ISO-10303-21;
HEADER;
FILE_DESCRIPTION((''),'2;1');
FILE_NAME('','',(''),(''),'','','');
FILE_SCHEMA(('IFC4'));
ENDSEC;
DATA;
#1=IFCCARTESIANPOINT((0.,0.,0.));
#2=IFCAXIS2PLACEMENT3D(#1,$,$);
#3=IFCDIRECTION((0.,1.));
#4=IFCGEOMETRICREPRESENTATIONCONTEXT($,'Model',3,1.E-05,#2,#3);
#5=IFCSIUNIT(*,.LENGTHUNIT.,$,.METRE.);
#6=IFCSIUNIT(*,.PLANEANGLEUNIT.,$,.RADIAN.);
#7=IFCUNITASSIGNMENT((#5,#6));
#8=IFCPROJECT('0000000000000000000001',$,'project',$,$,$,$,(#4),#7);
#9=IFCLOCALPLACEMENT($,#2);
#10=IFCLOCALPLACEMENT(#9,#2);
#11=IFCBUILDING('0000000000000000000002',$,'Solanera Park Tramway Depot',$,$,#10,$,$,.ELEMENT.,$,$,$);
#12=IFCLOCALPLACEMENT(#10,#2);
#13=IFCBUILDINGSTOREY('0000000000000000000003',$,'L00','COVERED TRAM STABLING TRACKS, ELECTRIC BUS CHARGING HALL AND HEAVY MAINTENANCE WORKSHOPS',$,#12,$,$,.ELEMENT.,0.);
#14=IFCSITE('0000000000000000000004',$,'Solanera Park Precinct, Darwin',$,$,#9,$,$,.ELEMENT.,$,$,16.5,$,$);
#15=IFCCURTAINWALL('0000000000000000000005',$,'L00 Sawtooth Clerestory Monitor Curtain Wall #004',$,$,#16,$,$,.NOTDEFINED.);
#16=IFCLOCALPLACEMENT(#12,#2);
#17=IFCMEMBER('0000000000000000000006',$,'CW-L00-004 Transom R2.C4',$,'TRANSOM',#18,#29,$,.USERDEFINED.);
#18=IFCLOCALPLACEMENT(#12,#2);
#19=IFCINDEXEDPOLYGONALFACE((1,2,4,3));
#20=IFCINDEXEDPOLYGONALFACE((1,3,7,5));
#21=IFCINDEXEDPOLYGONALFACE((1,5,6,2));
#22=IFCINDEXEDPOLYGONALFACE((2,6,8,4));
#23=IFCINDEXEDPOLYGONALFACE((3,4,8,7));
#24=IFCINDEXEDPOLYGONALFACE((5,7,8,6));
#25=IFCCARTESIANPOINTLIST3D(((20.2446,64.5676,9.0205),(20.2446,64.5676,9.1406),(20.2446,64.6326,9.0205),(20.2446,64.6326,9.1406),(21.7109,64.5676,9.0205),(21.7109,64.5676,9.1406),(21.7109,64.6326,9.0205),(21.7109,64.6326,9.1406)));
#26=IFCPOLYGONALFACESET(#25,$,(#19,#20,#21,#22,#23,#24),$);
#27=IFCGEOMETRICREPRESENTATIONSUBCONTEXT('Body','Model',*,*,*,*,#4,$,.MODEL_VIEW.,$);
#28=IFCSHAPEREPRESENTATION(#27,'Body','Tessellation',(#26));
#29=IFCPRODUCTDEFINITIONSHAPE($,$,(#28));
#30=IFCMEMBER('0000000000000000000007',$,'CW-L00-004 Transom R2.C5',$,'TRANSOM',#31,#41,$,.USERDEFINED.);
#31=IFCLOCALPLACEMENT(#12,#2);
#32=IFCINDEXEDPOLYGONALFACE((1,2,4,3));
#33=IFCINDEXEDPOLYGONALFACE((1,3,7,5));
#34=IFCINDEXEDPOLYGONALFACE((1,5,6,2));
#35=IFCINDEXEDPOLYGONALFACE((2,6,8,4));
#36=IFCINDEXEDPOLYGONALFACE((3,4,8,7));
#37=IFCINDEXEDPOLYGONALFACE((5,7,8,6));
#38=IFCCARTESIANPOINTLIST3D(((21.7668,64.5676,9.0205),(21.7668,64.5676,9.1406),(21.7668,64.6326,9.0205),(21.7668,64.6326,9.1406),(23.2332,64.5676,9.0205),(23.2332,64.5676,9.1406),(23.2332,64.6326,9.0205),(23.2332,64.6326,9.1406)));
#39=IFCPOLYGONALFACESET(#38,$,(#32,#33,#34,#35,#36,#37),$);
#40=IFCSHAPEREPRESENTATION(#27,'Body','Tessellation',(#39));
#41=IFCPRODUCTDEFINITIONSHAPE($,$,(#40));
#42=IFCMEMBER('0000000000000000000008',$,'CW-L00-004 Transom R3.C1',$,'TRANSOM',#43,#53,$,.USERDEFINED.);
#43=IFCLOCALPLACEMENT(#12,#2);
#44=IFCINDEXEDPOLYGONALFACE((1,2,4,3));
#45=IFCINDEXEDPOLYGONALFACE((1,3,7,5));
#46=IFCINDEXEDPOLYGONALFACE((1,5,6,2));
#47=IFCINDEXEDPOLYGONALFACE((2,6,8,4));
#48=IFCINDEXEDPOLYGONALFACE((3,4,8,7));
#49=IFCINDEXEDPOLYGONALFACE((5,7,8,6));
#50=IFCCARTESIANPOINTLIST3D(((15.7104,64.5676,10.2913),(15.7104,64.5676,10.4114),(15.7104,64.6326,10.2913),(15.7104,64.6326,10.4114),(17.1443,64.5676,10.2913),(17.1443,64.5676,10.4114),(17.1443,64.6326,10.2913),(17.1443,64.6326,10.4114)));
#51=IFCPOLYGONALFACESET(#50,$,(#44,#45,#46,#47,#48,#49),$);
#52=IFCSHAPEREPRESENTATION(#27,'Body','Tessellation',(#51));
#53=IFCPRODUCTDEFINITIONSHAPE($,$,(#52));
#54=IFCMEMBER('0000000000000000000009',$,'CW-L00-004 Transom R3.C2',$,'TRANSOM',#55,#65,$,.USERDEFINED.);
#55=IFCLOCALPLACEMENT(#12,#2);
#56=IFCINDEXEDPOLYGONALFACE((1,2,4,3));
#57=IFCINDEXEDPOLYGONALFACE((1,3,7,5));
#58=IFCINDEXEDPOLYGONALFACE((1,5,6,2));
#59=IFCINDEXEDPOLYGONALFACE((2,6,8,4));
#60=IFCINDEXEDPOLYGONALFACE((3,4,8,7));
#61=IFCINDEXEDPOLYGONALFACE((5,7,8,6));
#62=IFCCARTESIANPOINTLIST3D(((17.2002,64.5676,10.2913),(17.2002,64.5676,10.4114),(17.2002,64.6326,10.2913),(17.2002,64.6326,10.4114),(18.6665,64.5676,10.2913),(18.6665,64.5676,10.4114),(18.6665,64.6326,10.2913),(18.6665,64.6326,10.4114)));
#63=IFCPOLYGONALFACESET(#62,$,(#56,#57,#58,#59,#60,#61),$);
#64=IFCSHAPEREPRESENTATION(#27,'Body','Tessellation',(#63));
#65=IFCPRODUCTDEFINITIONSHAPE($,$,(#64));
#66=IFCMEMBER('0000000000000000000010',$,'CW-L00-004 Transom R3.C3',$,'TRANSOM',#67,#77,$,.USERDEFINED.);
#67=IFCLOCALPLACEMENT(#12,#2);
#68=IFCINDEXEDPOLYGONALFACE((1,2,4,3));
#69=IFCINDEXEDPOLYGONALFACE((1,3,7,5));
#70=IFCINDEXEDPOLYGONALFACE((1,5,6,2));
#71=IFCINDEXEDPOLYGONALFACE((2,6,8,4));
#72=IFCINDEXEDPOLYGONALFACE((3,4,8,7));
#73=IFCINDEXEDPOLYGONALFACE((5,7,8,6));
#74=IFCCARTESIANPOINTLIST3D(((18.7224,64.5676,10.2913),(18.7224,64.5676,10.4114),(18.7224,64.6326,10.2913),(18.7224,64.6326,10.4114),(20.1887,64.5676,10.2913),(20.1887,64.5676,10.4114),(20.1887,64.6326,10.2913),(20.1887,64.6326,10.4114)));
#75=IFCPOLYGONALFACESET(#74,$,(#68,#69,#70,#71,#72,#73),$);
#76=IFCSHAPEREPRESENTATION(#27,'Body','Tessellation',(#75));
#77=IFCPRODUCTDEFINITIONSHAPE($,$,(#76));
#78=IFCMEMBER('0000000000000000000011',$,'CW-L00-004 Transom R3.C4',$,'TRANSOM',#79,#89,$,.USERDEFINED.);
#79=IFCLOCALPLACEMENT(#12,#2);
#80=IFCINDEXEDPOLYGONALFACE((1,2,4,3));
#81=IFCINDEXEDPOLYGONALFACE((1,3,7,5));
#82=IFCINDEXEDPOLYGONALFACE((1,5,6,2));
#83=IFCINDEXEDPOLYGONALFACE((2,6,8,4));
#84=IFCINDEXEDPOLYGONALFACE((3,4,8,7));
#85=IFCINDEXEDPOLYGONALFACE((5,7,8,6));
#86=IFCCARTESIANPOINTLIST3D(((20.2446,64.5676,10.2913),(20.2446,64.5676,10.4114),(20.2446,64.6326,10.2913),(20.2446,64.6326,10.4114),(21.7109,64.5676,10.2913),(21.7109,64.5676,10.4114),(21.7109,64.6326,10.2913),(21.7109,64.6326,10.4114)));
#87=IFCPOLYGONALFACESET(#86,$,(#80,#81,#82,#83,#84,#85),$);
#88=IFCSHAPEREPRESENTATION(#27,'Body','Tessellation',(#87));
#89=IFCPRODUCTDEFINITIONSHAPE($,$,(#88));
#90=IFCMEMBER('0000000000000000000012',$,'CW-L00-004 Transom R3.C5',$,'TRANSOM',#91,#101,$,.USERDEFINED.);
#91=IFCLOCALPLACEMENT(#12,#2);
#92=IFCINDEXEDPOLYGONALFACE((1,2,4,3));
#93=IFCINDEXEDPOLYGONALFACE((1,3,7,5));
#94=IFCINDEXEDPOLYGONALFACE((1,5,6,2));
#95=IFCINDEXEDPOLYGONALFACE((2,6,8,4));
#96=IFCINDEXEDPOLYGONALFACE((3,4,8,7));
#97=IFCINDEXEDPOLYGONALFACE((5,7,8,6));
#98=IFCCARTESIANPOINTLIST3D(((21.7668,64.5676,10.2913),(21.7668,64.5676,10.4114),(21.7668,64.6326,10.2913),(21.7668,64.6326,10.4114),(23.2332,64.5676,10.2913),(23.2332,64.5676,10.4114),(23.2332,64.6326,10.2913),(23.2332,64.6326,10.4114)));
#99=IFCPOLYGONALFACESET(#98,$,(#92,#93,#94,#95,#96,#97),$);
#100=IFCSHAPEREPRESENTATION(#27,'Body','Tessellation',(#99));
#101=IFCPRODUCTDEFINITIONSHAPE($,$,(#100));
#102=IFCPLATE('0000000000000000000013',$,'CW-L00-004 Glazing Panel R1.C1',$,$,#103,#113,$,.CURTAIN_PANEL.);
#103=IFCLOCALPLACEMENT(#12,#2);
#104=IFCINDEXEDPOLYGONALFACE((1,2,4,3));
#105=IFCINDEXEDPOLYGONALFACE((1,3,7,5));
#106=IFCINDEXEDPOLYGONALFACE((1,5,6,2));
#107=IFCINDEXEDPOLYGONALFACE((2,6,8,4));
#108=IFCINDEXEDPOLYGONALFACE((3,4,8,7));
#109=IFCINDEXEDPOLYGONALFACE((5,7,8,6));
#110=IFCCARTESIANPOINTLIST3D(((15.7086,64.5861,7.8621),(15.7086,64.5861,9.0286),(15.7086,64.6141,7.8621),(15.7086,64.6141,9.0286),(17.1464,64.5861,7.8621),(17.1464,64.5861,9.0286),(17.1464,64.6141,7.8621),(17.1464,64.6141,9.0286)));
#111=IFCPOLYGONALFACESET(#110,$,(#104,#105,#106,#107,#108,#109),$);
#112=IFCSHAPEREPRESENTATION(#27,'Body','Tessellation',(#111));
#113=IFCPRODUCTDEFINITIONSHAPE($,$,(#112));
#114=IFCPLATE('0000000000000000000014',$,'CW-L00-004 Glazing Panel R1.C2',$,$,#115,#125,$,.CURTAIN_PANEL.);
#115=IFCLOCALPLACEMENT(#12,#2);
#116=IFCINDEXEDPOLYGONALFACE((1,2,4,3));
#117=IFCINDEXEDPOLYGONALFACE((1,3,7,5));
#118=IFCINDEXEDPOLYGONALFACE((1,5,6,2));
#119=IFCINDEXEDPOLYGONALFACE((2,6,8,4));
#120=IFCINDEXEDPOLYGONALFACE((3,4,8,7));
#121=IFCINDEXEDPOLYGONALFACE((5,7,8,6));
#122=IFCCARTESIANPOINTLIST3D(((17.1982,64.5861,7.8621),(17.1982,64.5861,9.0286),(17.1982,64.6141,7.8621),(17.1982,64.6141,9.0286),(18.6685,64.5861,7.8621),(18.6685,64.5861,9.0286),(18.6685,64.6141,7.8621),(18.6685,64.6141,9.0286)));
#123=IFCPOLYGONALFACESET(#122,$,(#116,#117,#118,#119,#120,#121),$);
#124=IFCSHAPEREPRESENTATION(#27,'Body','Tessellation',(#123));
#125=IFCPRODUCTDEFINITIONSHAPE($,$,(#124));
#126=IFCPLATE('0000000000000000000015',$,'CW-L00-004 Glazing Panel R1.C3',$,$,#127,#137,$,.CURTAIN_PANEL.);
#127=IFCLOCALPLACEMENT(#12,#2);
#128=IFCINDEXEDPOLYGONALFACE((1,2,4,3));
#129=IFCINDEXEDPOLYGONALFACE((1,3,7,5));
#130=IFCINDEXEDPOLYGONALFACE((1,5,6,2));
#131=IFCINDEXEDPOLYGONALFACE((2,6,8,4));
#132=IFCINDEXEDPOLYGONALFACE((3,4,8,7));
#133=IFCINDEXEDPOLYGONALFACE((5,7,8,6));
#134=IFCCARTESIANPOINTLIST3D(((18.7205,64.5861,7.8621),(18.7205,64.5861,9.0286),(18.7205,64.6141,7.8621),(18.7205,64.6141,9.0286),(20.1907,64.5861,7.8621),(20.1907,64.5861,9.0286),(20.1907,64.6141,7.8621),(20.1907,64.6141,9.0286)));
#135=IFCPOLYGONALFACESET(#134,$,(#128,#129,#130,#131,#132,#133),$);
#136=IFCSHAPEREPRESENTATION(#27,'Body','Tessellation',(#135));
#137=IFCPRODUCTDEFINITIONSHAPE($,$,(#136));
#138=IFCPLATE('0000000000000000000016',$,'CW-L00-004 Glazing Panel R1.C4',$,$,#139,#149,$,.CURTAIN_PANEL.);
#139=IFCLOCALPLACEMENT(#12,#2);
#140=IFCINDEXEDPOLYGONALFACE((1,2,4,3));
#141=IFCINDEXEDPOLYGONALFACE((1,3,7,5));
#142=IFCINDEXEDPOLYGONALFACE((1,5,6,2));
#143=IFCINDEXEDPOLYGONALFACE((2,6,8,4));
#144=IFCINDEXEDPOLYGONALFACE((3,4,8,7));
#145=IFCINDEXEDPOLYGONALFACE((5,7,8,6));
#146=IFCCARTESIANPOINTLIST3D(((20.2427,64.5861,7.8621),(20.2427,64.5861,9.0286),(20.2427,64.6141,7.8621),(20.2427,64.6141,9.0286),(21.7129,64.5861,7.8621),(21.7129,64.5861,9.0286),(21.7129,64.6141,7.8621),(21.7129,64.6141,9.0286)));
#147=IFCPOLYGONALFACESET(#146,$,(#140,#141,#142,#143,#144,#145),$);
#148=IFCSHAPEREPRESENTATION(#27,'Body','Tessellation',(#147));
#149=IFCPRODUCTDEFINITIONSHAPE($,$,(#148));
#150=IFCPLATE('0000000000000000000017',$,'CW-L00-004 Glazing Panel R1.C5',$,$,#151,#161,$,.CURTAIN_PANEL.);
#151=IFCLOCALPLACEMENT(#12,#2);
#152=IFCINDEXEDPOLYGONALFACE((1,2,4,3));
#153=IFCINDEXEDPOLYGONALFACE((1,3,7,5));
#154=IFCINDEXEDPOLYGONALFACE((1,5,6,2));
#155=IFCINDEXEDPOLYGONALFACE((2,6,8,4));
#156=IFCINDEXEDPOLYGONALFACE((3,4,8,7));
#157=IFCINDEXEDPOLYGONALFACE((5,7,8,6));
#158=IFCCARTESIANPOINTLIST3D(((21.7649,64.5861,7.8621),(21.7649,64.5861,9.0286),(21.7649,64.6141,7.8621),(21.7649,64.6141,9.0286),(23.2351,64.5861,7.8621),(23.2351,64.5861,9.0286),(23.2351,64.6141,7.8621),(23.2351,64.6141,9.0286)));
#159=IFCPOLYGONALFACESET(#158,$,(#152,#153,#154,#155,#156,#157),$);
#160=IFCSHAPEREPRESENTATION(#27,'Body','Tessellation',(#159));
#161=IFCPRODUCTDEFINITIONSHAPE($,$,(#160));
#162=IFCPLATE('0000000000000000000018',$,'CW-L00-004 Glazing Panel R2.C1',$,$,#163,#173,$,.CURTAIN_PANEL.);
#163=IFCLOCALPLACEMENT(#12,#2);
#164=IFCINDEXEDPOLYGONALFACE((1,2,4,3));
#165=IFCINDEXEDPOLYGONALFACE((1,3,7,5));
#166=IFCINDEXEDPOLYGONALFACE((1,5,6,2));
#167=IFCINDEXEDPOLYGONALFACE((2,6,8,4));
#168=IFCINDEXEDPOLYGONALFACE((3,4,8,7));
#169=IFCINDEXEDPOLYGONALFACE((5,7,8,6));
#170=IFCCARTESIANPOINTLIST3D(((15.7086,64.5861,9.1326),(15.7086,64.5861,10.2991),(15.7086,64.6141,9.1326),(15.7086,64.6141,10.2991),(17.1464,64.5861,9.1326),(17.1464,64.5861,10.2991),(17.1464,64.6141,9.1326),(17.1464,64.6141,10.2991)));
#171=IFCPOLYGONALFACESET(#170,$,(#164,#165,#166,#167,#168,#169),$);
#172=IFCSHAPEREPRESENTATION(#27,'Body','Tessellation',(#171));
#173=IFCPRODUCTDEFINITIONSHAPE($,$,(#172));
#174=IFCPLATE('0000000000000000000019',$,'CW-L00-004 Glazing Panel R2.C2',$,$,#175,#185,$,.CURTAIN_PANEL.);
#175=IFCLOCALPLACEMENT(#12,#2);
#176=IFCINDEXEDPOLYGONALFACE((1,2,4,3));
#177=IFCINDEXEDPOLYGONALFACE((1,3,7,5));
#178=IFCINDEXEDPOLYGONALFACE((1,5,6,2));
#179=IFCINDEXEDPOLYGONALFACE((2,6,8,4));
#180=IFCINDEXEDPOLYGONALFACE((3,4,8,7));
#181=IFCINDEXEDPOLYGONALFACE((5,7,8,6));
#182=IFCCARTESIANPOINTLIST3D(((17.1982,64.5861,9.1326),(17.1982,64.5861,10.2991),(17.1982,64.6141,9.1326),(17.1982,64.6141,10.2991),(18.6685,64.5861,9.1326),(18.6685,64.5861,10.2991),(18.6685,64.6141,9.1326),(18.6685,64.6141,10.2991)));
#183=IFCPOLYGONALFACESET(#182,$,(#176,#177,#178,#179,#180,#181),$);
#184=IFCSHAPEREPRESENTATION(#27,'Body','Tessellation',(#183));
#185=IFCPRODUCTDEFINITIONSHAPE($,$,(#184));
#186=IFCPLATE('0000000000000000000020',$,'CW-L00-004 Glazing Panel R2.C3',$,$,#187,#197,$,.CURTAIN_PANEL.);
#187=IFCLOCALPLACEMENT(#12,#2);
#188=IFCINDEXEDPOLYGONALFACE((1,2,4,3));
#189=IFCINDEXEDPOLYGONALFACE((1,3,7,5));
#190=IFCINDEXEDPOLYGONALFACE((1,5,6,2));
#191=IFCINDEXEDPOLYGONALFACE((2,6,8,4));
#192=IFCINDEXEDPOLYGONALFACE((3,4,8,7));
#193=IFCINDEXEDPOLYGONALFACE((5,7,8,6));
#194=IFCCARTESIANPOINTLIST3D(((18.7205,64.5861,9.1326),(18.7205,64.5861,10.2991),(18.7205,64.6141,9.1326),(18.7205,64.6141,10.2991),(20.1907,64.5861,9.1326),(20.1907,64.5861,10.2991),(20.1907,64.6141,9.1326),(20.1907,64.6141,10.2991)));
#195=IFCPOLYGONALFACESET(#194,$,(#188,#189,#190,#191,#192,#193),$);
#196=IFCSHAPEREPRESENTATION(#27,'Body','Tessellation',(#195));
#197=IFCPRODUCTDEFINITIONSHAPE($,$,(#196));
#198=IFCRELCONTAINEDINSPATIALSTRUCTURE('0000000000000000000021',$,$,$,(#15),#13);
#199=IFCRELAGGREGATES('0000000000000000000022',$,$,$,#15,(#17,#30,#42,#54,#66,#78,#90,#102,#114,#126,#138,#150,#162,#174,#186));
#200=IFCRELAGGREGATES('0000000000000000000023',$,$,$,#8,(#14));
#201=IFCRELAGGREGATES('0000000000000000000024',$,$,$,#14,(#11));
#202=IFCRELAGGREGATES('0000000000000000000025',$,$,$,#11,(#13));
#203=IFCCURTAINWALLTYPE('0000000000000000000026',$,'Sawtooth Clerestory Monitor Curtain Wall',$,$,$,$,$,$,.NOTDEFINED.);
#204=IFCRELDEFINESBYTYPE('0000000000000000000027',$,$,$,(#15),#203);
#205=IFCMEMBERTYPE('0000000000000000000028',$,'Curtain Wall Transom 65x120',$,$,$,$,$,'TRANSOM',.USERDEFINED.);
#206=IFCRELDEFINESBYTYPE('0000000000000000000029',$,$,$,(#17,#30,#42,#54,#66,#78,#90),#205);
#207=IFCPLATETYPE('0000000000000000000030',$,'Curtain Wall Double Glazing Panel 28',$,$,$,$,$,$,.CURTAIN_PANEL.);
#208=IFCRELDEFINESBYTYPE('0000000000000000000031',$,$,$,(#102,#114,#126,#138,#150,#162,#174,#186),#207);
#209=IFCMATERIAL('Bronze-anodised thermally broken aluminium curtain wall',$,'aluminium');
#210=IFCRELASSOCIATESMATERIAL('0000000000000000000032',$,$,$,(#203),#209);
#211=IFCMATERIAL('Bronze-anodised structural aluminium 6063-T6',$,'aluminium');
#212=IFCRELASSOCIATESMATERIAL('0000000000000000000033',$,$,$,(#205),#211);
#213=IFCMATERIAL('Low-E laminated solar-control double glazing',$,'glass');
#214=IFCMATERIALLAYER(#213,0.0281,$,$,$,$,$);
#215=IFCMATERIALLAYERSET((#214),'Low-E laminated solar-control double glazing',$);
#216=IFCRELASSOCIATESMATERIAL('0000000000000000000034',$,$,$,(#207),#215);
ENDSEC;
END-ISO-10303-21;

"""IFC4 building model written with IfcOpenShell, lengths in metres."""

from ifc_helpers import new_model, si_unit, direction, frame, origin, origin_2d, place, context, subcontext, project, spatial, rectangle, extrude, material, layer, layer_set, material_profile, profile_set, type_object, element, aggregate, save


model = new_model("IFC4")

# Units and contexts
model_context = context("Model", 3, precision=1e-05, world=origin(), true_north=direction((0.0, 1.0)))
body_context = subcontext(model_context, "Body", "Model", "MODEL_VIEW")
ifc_project = project(units=[si_unit("LENGTHUNIT", "METRE"), si_unit("PLANEANGLEUNIT", "RADIAN")], contexts=[model_context])

# Site, building, storey
site_placement = place(None, origin())
site = spatial("IfcSite", under=ifc_project, at=site_placement, Name="Solanera Park Precinct, Darwin", CompositionType="ELEMENT", RefElevation=16.5)
building_placement = place(site_placement, origin())
building = spatial("IfcBuilding", under=site, at=building_placement, Name="Solanera Park Tramway Depot", CompositionType="ELEMENT")
storey_placement = place(building_placement, origin())
storey = spatial("IfcBuildingStorey", under=building, at=storey_placement, Name="L00", Description="COVERED TRAM STABLING TRACKS, ELECTRIC BUS CHARGING HALL AND HEAVY MAINTENANCE WORKSHOPS", CompositionType="ELEMENT", Elevation=0.0)

# Curtain wall, members, plates
ifc_material_1 = material(Name="Bronze-anodised thermally broken aluminium curtain wall", Category="aluminium")
curtain_wall_type = type_object("IfcCurtainWallType", Name="Sawtooth Clerestory Monitor Curtain Wall", PredefinedType="NOTDEFINED", material=ifc_material_1)
curtain_wall_placement = place(storey_placement, origin())
curtain_wall = element("IfcCurtainWall", 1, at=curtain_wall_placement, inside=storey, type_object=curtain_wall_type, Name="L00 Sawtooth Clerestory Monitor Curtain Wall #004", PredefinedType="NOTDEFINED")
ifc_material_2 = material(Name="Bronze-anodised structural aluminium 6063-T6", Category="aluminium")
ifc_material_profile_1 = material_profile(ifc_material_2, rectangle(XDim=0.0649, YDim=0.1201, at=origin_2d()), Name="Curtain Wall Transom 65x120")
ifc_profile_set_1 = profile_set([ifc_material_profile_1], Name="Bronze-anodised structural aluminium 6063-T6")
member_type_1 = type_object("IfcMemberType", Name="Curtain Wall Transom 65x120", ElementType="TRANSOM", PredefinedType="USERDEFINED", material=ifc_profile_set_1)
member_1_placement = place(storey_placement, frame((20.2446, 64.6001, 9.0806), z_axis=(1.0, 0.0, 0.0), x_axis=(0.0, 1.0, 0.0)))
member_1 = element("IfcMember", 2, at=member_1_placement, type_object=member_type_1, Name="CW-L00-004 Transom R2.C4", ObjectType="TRANSOM", PredefinedType="USERDEFINED", context=body_context, shape_type="SweptSolid", body=[
    extrude(rectangle(XDim=0.0649, YDim=0.1201, at=origin_2d()), origin(), (0.0, 0.0, 1.0), 1.4663),
])
member_2_placement = place(storey_placement, frame((21.7668, 64.6001, 9.0806), z_axis=(1.0, 0.0, 0.0), x_axis=(0.0, 1.0, 0.0)))
member_2 = element("IfcMember", 3, at=member_2_placement, type_object=member_type_1, Name="CW-L00-004 Transom R2.C5", ObjectType="TRANSOM", PredefinedType="USERDEFINED", context=body_context, shape_type="SweptSolid", body=[
    extrude(rectangle(XDim=0.0649, YDim=0.1201, at=origin_2d()), origin(), (0.0, 0.0, 1.0), 1.4663),
])
member_3_placement = place(storey_placement, frame((15.7104, 64.6001, 10.3513), z_axis=(1.0, 0.0, 0.0), x_axis=(0.0, 1.0, 0.0)))
member_3 = element("IfcMember", 4, at=member_3_placement, type_object=member_type_1, Name="CW-L00-004 Transom R3.C1", ObjectType="TRANSOM", PredefinedType="USERDEFINED", context=body_context, shape_type="SweptSolid", body=[
    extrude(rectangle(XDim=0.0649, YDim=0.1201, at=origin_2d()), origin(), (0.0, 0.0, 1.0), 1.4338),
])
member_4_placement = place(storey_placement, frame((17.2002, 64.6001, 10.3513), z_axis=(1.0, 0.0, 0.0), x_axis=(0.0, 1.0, 0.0)))
member_4 = element("IfcMember", 5, at=member_4_placement, type_object=member_type_1, Name="CW-L00-004 Transom R3.C2", ObjectType="TRANSOM", PredefinedType="USERDEFINED", context=body_context, shape_type="SweptSolid", body=[
    extrude(rectangle(XDim=0.0649, YDim=0.1201, at=origin_2d()), origin(), (0.0, 0.0, 1.0), 1.4663),
])
member_5_placement = place(storey_placement, frame((18.7224, 64.6001, 10.3513), z_axis=(1.0, 0.0, 0.0), x_axis=(0.0, 1.0, 0.0)))
member_5 = element("IfcMember", 6, at=member_5_placement, type_object=member_type_1, Name="CW-L00-004 Transom R3.C3", ObjectType="TRANSOM", PredefinedType="USERDEFINED", context=body_context, shape_type="SweptSolid", body=[
    extrude(rectangle(XDim=0.0649, YDim=0.1201, at=origin_2d()), origin(), (0.0, 0.0, 1.0), 1.4663),
])
member_6_placement = place(storey_placement, frame((20.2446, 64.6001, 10.3513), z_axis=(1.0, 0.0, 0.0), x_axis=(0.0, 1.0, 0.0)))
member_6 = element("IfcMember", 7, at=member_6_placement, type_object=member_type_1, Name="CW-L00-004 Transom R3.C4", ObjectType="TRANSOM", PredefinedType="USERDEFINED", context=body_context, shape_type="SweptSolid", body=[
    extrude(rectangle(XDim=0.0649, YDim=0.1201, at=origin_2d()), origin(), (0.0, 0.0, 1.0), 1.4663),
])
member_7_placement = place(storey_placement, frame((21.7668, 64.6001, 10.3513), z_axis=(1.0, 0.0, 0.0), x_axis=(0.0, 1.0, 0.0)))
member_7 = element("IfcMember", 8, at=member_7_placement, type_object=member_type_1, Name="CW-L00-004 Transom R3.C5", ObjectType="TRANSOM", PredefinedType="USERDEFINED", context=body_context, shape_type="SweptSolid", body=[
    extrude(rectangle(XDim=0.0649, YDim=0.1201, at=origin_2d()), origin(), (0.0, 0.0, 1.0), 1.4663),
])
ifc_material_3 = material(Name="Low-E laminated solar-control double glazing", Category="glass")
ifc_layer = layer(ifc_material_3, 0.0281)
ifc_layer_set = layer_set([ifc_layer], Name="Low-E laminated solar-control double glazing")
plate_type = type_object("IfcPlateType", Name="Curtain Wall Double Glazing Panel 28", PredefinedType="CURTAIN_PANEL", material=ifc_layer_set)
plate_1_placement = place(storey_placement, frame((16.4275, 64.6001, 7.8621), z_axis=(0.0, 0.0, 1.0), x_axis=(1.0, 0.0, 0.0)))
plate_1 = element("IfcPlate", 9, at=plate_1_placement, type_object=plate_type, Name="CW-L00-004 Glazing Panel R1.C1", PredefinedType="CURTAIN_PANEL", context=body_context, shape_type="SweptSolid", body=[
    extrude(rectangle(XDim=1.4377, YDim=0.0281, at=origin_2d()), origin(), (0.0, 0.0, 1.0), 1.1665),
])
plate_2_placement = place(storey_placement, frame((17.9333, 64.6001, 7.8621), z_axis=(0.0, 0.0, 1.0), x_axis=(1.0, 0.0, 0.0)))
plate_2 = element("IfcPlate", 10, at=plate_2_placement, type_object=plate_type, Name="CW-L00-004 Glazing Panel R1.C2", PredefinedType="CURTAIN_PANEL", context=body_context, shape_type="SweptSolid", body=[
    extrude(rectangle(XDim=1.4702, YDim=0.0281, at=origin_2d()), origin(), (0.0, 0.0, 1.0), 1.1665),
])
plate_3_placement = place(storey_placement, frame((19.4556, 64.6001, 7.8621), z_axis=(0.0, 0.0, 1.0), x_axis=(1.0, 0.0, 0.0)))
plate_3 = element("IfcPlate", 11, at=plate_3_placement, type_object=plate_type, Name="CW-L00-004 Glazing Panel R1.C3", PredefinedType="CURTAIN_PANEL", context=body_context, shape_type="SweptSolid", body=[
    extrude(rectangle(XDim=1.4702, YDim=0.0281, at=origin_2d()), origin(), (0.0, 0.0, 1.0), 1.1665),
])
plate_4_placement = place(storey_placement, frame((20.9778, 64.6001, 7.8621), z_axis=(0.0, 0.0, 1.0), x_axis=(1.0, 0.0, 0.0)))
plate_4 = element("IfcPlate", 12, at=plate_4_placement, type_object=plate_type, Name="CW-L00-004 Glazing Panel R1.C4", PredefinedType="CURTAIN_PANEL", context=body_context, shape_type="SweptSolid", body=[
    extrude(rectangle(XDim=1.4702, YDim=0.0281, at=origin_2d()), origin(), (0.0, 0.0, 1.0), 1.1665),
])
plate_5_placement = place(storey_placement, frame((22.5, 64.6001, 7.8621), z_axis=(0.0, 0.0, 1.0), x_axis=(1.0, 0.0, 0.0)))
plate_5 = element("IfcPlate", 13, at=plate_5_placement, type_object=plate_type, Name="CW-L00-004 Glazing Panel R1.C5", PredefinedType="CURTAIN_PANEL", context=body_context, shape_type="SweptSolid", body=[
    extrude(rectangle(XDim=1.4702, YDim=0.0281, at=origin_2d()), origin(), (0.0, 0.0, 1.0), 1.1665),
])
plate_6_placement = place(storey_placement, frame((16.4275, 64.6001, 9.1326), z_axis=(0.0, 0.0, 1.0), x_axis=(1.0, 0.0, 0.0)))
plate_6 = element("IfcPlate", 14, at=plate_6_placement, type_object=plate_type, Name="CW-L00-004 Glazing Panel R2.C1", PredefinedType="CURTAIN_PANEL", context=body_context, shape_type="SweptSolid", body=[
    extrude(rectangle(XDim=1.4377, YDim=0.0281, at=origin_2d()), origin(), (0.0, 0.0, 1.0), 1.1665),
])
plate_7_placement = place(storey_placement, frame((17.9333, 64.6001, 9.1326), z_axis=(0.0, 0.0, 1.0), x_axis=(1.0, 0.0, 0.0)))
plate_7 = element("IfcPlate", 15, at=plate_7_placement, type_object=plate_type, Name="CW-L00-004 Glazing Panel R2.C2", PredefinedType="CURTAIN_PANEL", context=body_context, shape_type="SweptSolid", body=[
    extrude(rectangle(XDim=1.4702, YDim=0.0281, at=origin_2d()), origin(), (0.0, 0.0, 1.0), 1.1665),
])
plate_8_placement = place(storey_placement, frame((19.4556, 64.6001, 9.1326), z_axis=(0.0, 0.0, 1.0), x_axis=(1.0, 0.0, 0.0)))
plate_8 = element("IfcPlate", 16, at=plate_8_placement, type_object=plate_type, Name="CW-L00-004 Glazing Panel R2.C3", PredefinedType="CURTAIN_PANEL", context=body_context, shape_type="SweptSolid", body=[
    extrude(rectangle(XDim=1.4702, YDim=0.0281, at=origin_2d()), origin(), (0.0, 0.0, 1.0), 1.1665),
])
aggregate(curtain_wall, [member_1, member_2, member_3, member_4, member_5, member_6, member_7, plate_1, plate_2, plate_3, plate_4, plate_5, plate_6, plate_7, plate_8])

save(model, "model.ifc")
